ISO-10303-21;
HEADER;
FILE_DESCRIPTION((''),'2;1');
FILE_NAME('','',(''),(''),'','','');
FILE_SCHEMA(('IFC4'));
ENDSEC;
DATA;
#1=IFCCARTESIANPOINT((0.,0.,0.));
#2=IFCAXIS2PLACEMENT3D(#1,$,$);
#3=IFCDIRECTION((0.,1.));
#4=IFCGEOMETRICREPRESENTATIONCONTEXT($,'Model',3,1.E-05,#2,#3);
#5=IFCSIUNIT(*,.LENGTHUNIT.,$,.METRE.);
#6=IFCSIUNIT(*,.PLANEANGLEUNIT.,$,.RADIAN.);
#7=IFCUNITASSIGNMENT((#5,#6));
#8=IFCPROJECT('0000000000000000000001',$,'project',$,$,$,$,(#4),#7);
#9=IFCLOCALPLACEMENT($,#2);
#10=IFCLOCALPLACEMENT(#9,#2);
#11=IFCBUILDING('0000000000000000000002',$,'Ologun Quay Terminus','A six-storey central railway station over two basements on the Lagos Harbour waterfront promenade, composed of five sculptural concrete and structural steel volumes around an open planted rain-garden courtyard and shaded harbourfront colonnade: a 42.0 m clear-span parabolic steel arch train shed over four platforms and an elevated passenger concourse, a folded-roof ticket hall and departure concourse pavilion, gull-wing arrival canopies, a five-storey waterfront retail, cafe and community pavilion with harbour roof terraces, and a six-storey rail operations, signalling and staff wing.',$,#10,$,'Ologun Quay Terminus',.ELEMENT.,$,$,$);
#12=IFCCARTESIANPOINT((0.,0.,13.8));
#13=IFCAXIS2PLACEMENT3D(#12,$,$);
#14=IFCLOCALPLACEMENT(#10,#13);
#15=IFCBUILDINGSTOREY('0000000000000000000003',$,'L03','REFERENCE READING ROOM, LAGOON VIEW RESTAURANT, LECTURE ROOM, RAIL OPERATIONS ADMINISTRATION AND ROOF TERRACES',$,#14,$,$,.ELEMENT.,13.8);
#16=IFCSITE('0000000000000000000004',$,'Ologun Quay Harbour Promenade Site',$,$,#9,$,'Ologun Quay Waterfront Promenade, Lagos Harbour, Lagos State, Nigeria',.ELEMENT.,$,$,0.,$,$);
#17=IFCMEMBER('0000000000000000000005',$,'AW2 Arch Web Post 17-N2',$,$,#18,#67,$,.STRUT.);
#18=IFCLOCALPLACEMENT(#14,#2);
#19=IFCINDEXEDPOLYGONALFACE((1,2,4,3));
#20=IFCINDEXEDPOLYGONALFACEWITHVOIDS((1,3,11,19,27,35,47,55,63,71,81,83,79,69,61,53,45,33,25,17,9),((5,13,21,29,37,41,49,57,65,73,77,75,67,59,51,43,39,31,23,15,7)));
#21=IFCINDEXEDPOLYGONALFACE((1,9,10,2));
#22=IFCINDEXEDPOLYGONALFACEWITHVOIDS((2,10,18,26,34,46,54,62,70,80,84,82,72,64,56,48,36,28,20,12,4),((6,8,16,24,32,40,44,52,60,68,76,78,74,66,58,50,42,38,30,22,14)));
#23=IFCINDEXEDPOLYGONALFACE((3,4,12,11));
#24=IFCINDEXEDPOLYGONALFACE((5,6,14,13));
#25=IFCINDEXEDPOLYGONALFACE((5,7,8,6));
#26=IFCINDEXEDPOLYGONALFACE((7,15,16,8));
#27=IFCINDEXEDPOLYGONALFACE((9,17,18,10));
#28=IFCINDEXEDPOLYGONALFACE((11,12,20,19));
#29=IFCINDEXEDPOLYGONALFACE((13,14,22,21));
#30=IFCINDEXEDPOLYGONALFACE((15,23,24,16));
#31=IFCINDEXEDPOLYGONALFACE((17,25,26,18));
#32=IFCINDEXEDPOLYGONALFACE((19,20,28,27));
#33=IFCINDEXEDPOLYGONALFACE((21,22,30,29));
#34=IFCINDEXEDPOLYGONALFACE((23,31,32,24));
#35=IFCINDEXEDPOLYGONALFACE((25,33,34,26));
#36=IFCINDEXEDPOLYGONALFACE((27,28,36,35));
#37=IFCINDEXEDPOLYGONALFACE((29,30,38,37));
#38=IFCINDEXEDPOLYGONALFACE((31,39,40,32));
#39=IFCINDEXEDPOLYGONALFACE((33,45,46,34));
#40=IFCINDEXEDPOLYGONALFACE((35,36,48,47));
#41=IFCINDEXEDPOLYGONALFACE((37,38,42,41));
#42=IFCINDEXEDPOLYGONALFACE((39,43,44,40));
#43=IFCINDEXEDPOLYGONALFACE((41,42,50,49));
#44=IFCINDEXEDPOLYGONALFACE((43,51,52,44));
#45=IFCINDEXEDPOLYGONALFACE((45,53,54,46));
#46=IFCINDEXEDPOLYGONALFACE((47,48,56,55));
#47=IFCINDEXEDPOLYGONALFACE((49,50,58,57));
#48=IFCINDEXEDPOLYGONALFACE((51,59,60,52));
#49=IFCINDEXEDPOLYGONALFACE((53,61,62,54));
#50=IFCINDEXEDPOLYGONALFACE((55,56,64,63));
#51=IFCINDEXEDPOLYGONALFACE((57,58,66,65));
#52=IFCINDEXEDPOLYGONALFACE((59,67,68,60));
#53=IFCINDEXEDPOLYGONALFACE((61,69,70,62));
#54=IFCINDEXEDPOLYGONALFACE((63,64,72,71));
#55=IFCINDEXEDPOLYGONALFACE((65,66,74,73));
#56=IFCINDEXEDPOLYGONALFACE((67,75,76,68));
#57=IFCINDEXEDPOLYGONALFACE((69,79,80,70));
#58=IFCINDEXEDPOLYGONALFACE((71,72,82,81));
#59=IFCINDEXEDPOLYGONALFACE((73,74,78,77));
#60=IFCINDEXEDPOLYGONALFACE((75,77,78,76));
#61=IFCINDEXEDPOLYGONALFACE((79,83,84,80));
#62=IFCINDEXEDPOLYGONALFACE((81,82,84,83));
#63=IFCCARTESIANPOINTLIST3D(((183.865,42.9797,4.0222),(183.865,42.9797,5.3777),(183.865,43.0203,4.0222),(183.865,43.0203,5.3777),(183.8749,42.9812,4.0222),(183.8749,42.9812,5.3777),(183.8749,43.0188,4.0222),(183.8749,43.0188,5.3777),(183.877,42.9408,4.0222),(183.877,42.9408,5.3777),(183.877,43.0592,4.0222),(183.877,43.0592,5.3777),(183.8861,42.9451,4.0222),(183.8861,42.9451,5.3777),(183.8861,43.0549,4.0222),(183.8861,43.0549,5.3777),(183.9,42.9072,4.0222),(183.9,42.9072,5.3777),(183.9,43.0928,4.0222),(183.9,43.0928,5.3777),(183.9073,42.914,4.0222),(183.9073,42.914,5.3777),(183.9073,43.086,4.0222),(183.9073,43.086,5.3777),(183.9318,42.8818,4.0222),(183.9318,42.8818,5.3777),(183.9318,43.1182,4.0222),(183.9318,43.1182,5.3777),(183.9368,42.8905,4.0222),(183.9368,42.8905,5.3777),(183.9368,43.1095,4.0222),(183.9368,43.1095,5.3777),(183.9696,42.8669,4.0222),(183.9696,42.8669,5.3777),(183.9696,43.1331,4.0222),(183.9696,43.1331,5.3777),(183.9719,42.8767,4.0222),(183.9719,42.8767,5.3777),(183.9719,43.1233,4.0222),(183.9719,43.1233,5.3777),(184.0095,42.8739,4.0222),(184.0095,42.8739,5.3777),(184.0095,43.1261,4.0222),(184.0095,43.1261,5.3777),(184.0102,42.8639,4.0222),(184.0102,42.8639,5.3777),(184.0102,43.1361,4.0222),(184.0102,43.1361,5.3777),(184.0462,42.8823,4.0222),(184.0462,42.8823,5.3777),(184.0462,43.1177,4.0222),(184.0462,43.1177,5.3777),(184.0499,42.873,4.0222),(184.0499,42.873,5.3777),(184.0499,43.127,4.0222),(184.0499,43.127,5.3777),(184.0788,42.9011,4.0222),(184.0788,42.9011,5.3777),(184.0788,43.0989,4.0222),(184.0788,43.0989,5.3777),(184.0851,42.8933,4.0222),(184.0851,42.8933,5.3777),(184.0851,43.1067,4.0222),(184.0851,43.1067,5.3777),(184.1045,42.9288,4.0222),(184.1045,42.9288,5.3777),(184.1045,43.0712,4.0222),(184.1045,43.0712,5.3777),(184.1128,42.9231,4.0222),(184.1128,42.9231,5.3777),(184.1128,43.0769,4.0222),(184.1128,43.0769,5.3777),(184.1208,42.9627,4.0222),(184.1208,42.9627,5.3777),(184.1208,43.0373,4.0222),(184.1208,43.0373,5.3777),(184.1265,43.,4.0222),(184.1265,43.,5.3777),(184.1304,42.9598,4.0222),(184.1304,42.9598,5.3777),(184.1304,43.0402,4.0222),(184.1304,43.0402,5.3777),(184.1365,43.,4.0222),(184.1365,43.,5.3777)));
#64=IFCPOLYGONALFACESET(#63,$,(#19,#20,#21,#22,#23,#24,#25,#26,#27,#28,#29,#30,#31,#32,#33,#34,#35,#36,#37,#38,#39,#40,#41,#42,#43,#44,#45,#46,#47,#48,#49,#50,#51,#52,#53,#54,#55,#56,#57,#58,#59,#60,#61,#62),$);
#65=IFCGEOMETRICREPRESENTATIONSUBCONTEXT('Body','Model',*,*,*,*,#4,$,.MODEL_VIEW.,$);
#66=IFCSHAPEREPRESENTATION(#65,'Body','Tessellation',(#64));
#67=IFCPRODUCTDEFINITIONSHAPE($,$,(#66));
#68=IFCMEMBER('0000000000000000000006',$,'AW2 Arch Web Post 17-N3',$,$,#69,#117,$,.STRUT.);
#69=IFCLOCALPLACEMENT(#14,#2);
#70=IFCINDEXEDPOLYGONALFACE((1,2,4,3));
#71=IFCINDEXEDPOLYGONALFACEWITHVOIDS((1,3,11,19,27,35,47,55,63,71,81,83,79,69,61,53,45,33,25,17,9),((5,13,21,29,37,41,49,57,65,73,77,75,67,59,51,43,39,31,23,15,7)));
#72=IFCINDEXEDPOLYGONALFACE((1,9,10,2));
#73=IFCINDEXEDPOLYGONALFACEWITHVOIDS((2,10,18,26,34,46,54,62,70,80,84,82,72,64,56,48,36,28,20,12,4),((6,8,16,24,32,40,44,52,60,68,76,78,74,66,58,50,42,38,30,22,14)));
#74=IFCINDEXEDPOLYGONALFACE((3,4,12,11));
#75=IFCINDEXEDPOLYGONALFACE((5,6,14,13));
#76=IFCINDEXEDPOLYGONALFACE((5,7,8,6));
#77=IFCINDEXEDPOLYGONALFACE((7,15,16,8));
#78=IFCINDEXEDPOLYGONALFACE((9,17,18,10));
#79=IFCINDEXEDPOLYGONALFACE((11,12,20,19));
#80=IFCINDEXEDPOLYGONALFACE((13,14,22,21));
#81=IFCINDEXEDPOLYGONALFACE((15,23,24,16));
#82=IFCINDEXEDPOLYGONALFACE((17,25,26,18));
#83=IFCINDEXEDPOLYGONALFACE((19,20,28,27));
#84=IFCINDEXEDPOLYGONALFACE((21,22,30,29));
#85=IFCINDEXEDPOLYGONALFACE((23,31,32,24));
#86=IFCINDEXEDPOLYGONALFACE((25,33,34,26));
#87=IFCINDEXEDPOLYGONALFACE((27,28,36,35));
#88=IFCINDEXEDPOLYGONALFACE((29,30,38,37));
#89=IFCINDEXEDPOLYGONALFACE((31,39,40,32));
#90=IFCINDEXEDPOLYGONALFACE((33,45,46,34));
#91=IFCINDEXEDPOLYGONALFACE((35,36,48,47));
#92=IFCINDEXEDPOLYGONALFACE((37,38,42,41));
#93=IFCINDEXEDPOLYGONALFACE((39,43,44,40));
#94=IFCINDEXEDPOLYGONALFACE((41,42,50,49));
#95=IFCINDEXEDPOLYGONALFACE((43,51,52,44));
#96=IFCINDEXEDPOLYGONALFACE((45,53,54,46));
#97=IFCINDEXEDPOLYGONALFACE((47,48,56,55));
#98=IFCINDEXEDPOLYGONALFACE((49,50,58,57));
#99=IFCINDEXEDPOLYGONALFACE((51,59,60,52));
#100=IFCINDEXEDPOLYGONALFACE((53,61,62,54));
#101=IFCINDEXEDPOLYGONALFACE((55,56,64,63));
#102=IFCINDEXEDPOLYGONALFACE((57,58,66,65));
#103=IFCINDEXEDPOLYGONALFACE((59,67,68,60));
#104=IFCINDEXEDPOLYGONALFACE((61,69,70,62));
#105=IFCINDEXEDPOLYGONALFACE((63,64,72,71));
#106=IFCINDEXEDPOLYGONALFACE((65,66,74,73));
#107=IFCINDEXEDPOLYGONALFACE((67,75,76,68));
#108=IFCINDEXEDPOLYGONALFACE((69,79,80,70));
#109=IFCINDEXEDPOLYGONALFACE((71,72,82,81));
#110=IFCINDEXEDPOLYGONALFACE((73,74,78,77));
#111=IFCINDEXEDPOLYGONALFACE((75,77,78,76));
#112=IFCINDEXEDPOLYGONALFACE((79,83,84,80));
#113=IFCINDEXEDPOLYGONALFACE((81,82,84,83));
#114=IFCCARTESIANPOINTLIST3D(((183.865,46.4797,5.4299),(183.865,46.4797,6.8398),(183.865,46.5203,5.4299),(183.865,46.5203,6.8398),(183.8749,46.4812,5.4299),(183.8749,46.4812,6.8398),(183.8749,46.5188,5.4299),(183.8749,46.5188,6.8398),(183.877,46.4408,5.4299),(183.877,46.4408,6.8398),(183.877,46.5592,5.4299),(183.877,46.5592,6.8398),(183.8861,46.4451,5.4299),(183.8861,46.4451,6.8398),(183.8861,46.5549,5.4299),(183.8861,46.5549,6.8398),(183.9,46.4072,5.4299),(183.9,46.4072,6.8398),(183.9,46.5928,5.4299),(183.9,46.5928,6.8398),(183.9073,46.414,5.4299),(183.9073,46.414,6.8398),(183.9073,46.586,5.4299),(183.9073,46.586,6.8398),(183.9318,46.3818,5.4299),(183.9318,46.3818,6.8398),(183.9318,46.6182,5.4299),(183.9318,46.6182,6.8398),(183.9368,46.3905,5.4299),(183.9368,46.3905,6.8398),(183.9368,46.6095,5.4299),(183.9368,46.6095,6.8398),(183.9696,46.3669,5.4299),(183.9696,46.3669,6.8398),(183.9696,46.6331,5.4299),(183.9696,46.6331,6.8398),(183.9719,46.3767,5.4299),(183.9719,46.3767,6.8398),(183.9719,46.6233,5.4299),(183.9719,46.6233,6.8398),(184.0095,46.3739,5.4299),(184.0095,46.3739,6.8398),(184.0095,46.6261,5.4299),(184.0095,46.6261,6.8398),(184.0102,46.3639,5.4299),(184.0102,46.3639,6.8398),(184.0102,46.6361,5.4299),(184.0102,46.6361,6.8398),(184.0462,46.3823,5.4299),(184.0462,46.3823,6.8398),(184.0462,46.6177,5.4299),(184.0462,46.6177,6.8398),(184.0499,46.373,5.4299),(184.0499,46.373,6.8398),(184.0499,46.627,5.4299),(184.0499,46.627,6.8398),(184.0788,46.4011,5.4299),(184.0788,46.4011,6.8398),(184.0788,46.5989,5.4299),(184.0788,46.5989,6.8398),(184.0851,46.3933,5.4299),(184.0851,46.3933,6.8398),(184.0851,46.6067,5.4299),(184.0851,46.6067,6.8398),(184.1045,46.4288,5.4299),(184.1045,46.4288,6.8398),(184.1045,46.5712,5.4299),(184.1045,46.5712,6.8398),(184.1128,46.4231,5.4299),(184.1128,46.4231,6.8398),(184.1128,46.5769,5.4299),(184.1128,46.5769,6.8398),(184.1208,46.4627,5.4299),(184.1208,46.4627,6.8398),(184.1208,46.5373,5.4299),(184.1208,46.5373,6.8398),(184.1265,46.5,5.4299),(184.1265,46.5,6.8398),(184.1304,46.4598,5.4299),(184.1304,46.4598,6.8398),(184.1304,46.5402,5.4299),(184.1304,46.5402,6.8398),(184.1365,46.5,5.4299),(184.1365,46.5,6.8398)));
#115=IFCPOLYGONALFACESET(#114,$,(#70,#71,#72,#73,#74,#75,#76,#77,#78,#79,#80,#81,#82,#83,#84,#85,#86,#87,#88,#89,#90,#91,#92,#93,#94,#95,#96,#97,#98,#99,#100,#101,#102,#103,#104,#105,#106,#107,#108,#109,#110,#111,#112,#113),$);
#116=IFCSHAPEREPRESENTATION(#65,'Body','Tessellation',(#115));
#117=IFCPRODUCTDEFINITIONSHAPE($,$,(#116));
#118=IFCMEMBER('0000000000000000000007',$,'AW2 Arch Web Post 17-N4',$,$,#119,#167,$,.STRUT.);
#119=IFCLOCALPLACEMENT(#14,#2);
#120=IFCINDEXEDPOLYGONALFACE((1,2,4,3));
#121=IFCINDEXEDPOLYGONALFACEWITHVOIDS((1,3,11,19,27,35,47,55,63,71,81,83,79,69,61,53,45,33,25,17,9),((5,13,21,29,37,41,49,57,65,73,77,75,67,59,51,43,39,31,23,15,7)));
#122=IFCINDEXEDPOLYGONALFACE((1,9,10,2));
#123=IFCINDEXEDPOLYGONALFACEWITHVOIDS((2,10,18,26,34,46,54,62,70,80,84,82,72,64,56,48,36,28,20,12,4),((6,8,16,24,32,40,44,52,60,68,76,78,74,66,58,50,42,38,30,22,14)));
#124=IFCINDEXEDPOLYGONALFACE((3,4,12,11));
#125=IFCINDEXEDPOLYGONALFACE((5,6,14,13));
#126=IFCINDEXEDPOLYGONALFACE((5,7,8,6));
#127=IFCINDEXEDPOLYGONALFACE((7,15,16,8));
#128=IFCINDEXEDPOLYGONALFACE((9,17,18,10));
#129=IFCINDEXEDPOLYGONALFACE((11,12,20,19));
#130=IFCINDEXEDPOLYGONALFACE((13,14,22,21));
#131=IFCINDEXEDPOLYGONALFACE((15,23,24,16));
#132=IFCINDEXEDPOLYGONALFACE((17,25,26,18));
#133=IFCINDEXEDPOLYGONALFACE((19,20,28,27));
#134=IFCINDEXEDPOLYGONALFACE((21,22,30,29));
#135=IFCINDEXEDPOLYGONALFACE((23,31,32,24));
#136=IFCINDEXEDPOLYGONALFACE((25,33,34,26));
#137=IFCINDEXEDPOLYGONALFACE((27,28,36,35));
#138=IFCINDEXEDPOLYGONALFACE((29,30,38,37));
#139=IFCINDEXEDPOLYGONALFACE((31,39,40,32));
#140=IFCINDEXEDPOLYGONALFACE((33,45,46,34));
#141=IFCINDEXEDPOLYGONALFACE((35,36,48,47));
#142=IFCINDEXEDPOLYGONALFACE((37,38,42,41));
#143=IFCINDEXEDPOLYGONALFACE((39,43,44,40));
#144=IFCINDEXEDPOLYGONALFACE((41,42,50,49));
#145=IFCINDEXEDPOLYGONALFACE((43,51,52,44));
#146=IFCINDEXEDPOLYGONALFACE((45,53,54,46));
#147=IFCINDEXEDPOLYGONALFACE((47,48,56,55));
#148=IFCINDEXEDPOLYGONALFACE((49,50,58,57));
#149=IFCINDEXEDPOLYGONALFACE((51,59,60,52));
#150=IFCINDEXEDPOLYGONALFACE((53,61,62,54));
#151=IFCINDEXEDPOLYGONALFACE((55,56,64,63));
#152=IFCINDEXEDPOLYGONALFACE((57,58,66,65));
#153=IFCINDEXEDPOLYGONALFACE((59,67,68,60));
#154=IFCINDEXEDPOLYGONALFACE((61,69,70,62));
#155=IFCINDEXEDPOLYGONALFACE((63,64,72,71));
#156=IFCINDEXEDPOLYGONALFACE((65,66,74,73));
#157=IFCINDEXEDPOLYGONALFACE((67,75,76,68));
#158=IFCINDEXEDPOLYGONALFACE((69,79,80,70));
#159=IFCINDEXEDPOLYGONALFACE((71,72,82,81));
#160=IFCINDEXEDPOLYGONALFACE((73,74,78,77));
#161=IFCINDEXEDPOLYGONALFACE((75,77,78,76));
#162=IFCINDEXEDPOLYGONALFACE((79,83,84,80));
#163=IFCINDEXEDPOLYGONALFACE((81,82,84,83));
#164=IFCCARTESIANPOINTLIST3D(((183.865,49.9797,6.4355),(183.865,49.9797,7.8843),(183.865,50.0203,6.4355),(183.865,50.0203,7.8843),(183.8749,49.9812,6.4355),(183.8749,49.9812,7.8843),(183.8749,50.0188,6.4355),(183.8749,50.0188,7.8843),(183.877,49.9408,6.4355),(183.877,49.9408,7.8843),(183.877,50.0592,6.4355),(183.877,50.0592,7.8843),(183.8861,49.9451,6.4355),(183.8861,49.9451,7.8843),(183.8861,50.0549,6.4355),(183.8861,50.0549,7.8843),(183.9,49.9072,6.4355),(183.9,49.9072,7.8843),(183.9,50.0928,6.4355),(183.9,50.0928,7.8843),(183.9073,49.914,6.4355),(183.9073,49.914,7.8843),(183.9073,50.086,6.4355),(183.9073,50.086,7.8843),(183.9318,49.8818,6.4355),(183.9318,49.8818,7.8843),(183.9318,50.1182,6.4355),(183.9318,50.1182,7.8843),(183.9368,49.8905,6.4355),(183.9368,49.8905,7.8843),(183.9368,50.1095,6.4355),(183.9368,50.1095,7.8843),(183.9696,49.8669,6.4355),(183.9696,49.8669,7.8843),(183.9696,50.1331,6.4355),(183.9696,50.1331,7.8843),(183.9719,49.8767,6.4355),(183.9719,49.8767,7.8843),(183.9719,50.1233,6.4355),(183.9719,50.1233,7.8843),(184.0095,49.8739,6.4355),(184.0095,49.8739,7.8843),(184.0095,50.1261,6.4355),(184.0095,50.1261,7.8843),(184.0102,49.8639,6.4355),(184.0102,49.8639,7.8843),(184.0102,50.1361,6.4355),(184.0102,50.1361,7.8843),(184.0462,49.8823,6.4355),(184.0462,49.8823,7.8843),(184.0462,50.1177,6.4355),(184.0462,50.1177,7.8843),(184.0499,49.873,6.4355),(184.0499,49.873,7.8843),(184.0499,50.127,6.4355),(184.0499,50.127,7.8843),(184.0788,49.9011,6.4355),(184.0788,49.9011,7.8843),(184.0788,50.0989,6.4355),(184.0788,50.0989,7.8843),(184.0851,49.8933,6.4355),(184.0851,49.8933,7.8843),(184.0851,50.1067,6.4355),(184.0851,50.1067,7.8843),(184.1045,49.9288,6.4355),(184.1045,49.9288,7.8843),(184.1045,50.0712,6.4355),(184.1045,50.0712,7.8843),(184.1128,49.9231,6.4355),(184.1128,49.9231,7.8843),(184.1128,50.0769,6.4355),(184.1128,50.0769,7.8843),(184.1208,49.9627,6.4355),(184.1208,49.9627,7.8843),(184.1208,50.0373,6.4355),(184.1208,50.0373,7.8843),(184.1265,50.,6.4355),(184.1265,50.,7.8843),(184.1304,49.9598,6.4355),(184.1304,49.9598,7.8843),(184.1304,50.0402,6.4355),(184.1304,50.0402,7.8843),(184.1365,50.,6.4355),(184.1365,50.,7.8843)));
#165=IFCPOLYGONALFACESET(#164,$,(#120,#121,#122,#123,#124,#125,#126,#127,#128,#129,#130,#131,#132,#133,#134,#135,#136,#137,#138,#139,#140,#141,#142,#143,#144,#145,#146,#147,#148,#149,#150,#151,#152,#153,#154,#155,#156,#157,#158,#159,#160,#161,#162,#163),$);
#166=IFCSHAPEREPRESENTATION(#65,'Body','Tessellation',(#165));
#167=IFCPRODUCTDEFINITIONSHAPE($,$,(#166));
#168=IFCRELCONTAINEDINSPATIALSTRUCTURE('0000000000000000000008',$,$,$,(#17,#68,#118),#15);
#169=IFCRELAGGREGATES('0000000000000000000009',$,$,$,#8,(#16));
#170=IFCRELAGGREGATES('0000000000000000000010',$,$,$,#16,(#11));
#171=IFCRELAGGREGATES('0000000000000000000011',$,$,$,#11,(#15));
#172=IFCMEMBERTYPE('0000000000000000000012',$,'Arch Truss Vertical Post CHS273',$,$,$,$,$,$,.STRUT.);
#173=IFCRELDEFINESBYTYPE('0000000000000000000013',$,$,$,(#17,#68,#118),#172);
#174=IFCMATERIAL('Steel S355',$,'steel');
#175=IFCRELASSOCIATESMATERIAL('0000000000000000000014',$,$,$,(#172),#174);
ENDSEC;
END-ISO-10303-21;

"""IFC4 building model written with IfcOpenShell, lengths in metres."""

from ifc_helpers import new_model, si_unit, direction, frame, origin, origin_2d, place, context, subcontext, project, spatial, hollow_circle, extrude, material, material_profile, profile_set, type_object, element, save


model = new_model("IFC4")

# Units and contexts
model_context = context("Model", 3, precision=1e-05, world=origin(), true_north=direction((0.0, 1.0)))
body_context = subcontext(model_context, "Body", "Model", "MODEL_VIEW")
ifc_project = project(units=[si_unit("LENGTHUNIT", "METRE"), si_unit("PLANEANGLEUNIT", "RADIAN")], contexts=[model_context])

# Site, building, storey
site_placement = place(None, origin())
site = spatial("IfcSite", under=ifc_project, at=site_placement, Name="Ologun Quay Harbour Promenade Site", LongName="Ologun Quay Waterfront Promenade, Lagos Harbour, Lagos State, Nigeria", CompositionType="ELEMENT", RefElevation=0.0)
building_placement = place(site_placement, origin())
building = spatial("IfcBuilding", under=site, at=building_placement, Name="Ologun Quay Terminus", Description="A six-storey central railway station over two basements on the Lagos Harbour waterfront promenade, composed of five sculptural concrete and structural steel volumes around an open planted rain-garden courtyard and shaded harbourfront colonnade: a 42.0 m clear-span parabolic steel arch train shed over four platforms and an elevated passenger concourse, a folded-roof ticket hall and departure concourse pavilion, gull-wing arrival canopies, a five-storey waterfront retail, cafe and community pavilion with harbour roof terraces, and a six-storey rail operations, signalling and staff wing.", LongName="Ologun Quay Terminus", CompositionType="ELEMENT")
storey_placement = place(building_placement, frame((0.0, 0.0, 13.8)))
storey = spatial("IfcBuildingStorey", under=building, at=storey_placement, Name="L03", Description="REFERENCE READING ROOM, LAGOON VIEW RESTAURANT, LECTURE ROOM, RAIL OPERATIONS ADMINISTRATION AND ROOF TERRACES", CompositionType="ELEMENT", Elevation=13.8)

# Members
ifc_material_1 = material(Name="Steel S355", Category="steel")
ifc_material_profile_1 = material_profile(ifc_material_1, hollow_circle(Radius=0.1365, WallThickness=0.01, at=origin_2d()), Name="CHS 273x10")
ifc_profile_set_1 = profile_set([ifc_material_profile_1], Name="Steel S355")
member_type_1 = type_object("IfcMemberType", Name="Arch Truss Vertical Post CHS273", PredefinedType="STRUT", material=ifc_profile_set_1)
member_1_placement = place(storey_placement, frame((184.0, 43.0, 4.0222), z_axis=(0.0, 0.0, 1.0), x_axis=(1.0, 0.0, 0.0)))
element("IfcMember", 1, at=member_1_placement, inside=storey, type_object=member_type_1, Name="AW2 Arch Web Post 17-N2", PredefinedType="STRUT", context=body_context, shape_type="SweptSolid", body=[
    extrude(hollow_circle(Radius=0.1365, WallThickness=0.01, at=origin_2d()), origin(), (0.0, 0.0, 1.0), 1.3555),
])
member_2_placement = place(storey_placement, frame((184.0, 46.5, 5.4299), z_axis=(0.0, 0.0, 1.0), x_axis=(1.0, 0.0, 0.0)))
element("IfcMember", 2, at=member_2_placement, inside=storey, type_object=member_type_1, Name="AW2 Arch Web Post 17-N3", PredefinedType="STRUT", context=body_context, shape_type="SweptSolid", body=[
    extrude(hollow_circle(Radius=0.1365, WallThickness=0.01, at=origin_2d()), origin(), (0.0, 0.0, 1.0), 1.4099),
])
member_3_placement = place(storey_placement, frame((184.0, 50.0, 6.4355), z_axis=(0.0, 0.0, 1.0), x_axis=(1.0, 0.0, 0.0)))
element("IfcMember", 3, at=member_3_placement, inside=storey, type_object=member_type_1, Name="AW2 Arch Web Post 17-N4", PredefinedType="STRUT", context=body_context, shape_type="SweptSolid", body=[
    extrude(hollow_circle(Radius=0.1365, WallThickness=0.01, at=origin_2d()), origin(), (0.0, 0.0, 1.0), 1.4487),
])

save(model, "model.ifc")
